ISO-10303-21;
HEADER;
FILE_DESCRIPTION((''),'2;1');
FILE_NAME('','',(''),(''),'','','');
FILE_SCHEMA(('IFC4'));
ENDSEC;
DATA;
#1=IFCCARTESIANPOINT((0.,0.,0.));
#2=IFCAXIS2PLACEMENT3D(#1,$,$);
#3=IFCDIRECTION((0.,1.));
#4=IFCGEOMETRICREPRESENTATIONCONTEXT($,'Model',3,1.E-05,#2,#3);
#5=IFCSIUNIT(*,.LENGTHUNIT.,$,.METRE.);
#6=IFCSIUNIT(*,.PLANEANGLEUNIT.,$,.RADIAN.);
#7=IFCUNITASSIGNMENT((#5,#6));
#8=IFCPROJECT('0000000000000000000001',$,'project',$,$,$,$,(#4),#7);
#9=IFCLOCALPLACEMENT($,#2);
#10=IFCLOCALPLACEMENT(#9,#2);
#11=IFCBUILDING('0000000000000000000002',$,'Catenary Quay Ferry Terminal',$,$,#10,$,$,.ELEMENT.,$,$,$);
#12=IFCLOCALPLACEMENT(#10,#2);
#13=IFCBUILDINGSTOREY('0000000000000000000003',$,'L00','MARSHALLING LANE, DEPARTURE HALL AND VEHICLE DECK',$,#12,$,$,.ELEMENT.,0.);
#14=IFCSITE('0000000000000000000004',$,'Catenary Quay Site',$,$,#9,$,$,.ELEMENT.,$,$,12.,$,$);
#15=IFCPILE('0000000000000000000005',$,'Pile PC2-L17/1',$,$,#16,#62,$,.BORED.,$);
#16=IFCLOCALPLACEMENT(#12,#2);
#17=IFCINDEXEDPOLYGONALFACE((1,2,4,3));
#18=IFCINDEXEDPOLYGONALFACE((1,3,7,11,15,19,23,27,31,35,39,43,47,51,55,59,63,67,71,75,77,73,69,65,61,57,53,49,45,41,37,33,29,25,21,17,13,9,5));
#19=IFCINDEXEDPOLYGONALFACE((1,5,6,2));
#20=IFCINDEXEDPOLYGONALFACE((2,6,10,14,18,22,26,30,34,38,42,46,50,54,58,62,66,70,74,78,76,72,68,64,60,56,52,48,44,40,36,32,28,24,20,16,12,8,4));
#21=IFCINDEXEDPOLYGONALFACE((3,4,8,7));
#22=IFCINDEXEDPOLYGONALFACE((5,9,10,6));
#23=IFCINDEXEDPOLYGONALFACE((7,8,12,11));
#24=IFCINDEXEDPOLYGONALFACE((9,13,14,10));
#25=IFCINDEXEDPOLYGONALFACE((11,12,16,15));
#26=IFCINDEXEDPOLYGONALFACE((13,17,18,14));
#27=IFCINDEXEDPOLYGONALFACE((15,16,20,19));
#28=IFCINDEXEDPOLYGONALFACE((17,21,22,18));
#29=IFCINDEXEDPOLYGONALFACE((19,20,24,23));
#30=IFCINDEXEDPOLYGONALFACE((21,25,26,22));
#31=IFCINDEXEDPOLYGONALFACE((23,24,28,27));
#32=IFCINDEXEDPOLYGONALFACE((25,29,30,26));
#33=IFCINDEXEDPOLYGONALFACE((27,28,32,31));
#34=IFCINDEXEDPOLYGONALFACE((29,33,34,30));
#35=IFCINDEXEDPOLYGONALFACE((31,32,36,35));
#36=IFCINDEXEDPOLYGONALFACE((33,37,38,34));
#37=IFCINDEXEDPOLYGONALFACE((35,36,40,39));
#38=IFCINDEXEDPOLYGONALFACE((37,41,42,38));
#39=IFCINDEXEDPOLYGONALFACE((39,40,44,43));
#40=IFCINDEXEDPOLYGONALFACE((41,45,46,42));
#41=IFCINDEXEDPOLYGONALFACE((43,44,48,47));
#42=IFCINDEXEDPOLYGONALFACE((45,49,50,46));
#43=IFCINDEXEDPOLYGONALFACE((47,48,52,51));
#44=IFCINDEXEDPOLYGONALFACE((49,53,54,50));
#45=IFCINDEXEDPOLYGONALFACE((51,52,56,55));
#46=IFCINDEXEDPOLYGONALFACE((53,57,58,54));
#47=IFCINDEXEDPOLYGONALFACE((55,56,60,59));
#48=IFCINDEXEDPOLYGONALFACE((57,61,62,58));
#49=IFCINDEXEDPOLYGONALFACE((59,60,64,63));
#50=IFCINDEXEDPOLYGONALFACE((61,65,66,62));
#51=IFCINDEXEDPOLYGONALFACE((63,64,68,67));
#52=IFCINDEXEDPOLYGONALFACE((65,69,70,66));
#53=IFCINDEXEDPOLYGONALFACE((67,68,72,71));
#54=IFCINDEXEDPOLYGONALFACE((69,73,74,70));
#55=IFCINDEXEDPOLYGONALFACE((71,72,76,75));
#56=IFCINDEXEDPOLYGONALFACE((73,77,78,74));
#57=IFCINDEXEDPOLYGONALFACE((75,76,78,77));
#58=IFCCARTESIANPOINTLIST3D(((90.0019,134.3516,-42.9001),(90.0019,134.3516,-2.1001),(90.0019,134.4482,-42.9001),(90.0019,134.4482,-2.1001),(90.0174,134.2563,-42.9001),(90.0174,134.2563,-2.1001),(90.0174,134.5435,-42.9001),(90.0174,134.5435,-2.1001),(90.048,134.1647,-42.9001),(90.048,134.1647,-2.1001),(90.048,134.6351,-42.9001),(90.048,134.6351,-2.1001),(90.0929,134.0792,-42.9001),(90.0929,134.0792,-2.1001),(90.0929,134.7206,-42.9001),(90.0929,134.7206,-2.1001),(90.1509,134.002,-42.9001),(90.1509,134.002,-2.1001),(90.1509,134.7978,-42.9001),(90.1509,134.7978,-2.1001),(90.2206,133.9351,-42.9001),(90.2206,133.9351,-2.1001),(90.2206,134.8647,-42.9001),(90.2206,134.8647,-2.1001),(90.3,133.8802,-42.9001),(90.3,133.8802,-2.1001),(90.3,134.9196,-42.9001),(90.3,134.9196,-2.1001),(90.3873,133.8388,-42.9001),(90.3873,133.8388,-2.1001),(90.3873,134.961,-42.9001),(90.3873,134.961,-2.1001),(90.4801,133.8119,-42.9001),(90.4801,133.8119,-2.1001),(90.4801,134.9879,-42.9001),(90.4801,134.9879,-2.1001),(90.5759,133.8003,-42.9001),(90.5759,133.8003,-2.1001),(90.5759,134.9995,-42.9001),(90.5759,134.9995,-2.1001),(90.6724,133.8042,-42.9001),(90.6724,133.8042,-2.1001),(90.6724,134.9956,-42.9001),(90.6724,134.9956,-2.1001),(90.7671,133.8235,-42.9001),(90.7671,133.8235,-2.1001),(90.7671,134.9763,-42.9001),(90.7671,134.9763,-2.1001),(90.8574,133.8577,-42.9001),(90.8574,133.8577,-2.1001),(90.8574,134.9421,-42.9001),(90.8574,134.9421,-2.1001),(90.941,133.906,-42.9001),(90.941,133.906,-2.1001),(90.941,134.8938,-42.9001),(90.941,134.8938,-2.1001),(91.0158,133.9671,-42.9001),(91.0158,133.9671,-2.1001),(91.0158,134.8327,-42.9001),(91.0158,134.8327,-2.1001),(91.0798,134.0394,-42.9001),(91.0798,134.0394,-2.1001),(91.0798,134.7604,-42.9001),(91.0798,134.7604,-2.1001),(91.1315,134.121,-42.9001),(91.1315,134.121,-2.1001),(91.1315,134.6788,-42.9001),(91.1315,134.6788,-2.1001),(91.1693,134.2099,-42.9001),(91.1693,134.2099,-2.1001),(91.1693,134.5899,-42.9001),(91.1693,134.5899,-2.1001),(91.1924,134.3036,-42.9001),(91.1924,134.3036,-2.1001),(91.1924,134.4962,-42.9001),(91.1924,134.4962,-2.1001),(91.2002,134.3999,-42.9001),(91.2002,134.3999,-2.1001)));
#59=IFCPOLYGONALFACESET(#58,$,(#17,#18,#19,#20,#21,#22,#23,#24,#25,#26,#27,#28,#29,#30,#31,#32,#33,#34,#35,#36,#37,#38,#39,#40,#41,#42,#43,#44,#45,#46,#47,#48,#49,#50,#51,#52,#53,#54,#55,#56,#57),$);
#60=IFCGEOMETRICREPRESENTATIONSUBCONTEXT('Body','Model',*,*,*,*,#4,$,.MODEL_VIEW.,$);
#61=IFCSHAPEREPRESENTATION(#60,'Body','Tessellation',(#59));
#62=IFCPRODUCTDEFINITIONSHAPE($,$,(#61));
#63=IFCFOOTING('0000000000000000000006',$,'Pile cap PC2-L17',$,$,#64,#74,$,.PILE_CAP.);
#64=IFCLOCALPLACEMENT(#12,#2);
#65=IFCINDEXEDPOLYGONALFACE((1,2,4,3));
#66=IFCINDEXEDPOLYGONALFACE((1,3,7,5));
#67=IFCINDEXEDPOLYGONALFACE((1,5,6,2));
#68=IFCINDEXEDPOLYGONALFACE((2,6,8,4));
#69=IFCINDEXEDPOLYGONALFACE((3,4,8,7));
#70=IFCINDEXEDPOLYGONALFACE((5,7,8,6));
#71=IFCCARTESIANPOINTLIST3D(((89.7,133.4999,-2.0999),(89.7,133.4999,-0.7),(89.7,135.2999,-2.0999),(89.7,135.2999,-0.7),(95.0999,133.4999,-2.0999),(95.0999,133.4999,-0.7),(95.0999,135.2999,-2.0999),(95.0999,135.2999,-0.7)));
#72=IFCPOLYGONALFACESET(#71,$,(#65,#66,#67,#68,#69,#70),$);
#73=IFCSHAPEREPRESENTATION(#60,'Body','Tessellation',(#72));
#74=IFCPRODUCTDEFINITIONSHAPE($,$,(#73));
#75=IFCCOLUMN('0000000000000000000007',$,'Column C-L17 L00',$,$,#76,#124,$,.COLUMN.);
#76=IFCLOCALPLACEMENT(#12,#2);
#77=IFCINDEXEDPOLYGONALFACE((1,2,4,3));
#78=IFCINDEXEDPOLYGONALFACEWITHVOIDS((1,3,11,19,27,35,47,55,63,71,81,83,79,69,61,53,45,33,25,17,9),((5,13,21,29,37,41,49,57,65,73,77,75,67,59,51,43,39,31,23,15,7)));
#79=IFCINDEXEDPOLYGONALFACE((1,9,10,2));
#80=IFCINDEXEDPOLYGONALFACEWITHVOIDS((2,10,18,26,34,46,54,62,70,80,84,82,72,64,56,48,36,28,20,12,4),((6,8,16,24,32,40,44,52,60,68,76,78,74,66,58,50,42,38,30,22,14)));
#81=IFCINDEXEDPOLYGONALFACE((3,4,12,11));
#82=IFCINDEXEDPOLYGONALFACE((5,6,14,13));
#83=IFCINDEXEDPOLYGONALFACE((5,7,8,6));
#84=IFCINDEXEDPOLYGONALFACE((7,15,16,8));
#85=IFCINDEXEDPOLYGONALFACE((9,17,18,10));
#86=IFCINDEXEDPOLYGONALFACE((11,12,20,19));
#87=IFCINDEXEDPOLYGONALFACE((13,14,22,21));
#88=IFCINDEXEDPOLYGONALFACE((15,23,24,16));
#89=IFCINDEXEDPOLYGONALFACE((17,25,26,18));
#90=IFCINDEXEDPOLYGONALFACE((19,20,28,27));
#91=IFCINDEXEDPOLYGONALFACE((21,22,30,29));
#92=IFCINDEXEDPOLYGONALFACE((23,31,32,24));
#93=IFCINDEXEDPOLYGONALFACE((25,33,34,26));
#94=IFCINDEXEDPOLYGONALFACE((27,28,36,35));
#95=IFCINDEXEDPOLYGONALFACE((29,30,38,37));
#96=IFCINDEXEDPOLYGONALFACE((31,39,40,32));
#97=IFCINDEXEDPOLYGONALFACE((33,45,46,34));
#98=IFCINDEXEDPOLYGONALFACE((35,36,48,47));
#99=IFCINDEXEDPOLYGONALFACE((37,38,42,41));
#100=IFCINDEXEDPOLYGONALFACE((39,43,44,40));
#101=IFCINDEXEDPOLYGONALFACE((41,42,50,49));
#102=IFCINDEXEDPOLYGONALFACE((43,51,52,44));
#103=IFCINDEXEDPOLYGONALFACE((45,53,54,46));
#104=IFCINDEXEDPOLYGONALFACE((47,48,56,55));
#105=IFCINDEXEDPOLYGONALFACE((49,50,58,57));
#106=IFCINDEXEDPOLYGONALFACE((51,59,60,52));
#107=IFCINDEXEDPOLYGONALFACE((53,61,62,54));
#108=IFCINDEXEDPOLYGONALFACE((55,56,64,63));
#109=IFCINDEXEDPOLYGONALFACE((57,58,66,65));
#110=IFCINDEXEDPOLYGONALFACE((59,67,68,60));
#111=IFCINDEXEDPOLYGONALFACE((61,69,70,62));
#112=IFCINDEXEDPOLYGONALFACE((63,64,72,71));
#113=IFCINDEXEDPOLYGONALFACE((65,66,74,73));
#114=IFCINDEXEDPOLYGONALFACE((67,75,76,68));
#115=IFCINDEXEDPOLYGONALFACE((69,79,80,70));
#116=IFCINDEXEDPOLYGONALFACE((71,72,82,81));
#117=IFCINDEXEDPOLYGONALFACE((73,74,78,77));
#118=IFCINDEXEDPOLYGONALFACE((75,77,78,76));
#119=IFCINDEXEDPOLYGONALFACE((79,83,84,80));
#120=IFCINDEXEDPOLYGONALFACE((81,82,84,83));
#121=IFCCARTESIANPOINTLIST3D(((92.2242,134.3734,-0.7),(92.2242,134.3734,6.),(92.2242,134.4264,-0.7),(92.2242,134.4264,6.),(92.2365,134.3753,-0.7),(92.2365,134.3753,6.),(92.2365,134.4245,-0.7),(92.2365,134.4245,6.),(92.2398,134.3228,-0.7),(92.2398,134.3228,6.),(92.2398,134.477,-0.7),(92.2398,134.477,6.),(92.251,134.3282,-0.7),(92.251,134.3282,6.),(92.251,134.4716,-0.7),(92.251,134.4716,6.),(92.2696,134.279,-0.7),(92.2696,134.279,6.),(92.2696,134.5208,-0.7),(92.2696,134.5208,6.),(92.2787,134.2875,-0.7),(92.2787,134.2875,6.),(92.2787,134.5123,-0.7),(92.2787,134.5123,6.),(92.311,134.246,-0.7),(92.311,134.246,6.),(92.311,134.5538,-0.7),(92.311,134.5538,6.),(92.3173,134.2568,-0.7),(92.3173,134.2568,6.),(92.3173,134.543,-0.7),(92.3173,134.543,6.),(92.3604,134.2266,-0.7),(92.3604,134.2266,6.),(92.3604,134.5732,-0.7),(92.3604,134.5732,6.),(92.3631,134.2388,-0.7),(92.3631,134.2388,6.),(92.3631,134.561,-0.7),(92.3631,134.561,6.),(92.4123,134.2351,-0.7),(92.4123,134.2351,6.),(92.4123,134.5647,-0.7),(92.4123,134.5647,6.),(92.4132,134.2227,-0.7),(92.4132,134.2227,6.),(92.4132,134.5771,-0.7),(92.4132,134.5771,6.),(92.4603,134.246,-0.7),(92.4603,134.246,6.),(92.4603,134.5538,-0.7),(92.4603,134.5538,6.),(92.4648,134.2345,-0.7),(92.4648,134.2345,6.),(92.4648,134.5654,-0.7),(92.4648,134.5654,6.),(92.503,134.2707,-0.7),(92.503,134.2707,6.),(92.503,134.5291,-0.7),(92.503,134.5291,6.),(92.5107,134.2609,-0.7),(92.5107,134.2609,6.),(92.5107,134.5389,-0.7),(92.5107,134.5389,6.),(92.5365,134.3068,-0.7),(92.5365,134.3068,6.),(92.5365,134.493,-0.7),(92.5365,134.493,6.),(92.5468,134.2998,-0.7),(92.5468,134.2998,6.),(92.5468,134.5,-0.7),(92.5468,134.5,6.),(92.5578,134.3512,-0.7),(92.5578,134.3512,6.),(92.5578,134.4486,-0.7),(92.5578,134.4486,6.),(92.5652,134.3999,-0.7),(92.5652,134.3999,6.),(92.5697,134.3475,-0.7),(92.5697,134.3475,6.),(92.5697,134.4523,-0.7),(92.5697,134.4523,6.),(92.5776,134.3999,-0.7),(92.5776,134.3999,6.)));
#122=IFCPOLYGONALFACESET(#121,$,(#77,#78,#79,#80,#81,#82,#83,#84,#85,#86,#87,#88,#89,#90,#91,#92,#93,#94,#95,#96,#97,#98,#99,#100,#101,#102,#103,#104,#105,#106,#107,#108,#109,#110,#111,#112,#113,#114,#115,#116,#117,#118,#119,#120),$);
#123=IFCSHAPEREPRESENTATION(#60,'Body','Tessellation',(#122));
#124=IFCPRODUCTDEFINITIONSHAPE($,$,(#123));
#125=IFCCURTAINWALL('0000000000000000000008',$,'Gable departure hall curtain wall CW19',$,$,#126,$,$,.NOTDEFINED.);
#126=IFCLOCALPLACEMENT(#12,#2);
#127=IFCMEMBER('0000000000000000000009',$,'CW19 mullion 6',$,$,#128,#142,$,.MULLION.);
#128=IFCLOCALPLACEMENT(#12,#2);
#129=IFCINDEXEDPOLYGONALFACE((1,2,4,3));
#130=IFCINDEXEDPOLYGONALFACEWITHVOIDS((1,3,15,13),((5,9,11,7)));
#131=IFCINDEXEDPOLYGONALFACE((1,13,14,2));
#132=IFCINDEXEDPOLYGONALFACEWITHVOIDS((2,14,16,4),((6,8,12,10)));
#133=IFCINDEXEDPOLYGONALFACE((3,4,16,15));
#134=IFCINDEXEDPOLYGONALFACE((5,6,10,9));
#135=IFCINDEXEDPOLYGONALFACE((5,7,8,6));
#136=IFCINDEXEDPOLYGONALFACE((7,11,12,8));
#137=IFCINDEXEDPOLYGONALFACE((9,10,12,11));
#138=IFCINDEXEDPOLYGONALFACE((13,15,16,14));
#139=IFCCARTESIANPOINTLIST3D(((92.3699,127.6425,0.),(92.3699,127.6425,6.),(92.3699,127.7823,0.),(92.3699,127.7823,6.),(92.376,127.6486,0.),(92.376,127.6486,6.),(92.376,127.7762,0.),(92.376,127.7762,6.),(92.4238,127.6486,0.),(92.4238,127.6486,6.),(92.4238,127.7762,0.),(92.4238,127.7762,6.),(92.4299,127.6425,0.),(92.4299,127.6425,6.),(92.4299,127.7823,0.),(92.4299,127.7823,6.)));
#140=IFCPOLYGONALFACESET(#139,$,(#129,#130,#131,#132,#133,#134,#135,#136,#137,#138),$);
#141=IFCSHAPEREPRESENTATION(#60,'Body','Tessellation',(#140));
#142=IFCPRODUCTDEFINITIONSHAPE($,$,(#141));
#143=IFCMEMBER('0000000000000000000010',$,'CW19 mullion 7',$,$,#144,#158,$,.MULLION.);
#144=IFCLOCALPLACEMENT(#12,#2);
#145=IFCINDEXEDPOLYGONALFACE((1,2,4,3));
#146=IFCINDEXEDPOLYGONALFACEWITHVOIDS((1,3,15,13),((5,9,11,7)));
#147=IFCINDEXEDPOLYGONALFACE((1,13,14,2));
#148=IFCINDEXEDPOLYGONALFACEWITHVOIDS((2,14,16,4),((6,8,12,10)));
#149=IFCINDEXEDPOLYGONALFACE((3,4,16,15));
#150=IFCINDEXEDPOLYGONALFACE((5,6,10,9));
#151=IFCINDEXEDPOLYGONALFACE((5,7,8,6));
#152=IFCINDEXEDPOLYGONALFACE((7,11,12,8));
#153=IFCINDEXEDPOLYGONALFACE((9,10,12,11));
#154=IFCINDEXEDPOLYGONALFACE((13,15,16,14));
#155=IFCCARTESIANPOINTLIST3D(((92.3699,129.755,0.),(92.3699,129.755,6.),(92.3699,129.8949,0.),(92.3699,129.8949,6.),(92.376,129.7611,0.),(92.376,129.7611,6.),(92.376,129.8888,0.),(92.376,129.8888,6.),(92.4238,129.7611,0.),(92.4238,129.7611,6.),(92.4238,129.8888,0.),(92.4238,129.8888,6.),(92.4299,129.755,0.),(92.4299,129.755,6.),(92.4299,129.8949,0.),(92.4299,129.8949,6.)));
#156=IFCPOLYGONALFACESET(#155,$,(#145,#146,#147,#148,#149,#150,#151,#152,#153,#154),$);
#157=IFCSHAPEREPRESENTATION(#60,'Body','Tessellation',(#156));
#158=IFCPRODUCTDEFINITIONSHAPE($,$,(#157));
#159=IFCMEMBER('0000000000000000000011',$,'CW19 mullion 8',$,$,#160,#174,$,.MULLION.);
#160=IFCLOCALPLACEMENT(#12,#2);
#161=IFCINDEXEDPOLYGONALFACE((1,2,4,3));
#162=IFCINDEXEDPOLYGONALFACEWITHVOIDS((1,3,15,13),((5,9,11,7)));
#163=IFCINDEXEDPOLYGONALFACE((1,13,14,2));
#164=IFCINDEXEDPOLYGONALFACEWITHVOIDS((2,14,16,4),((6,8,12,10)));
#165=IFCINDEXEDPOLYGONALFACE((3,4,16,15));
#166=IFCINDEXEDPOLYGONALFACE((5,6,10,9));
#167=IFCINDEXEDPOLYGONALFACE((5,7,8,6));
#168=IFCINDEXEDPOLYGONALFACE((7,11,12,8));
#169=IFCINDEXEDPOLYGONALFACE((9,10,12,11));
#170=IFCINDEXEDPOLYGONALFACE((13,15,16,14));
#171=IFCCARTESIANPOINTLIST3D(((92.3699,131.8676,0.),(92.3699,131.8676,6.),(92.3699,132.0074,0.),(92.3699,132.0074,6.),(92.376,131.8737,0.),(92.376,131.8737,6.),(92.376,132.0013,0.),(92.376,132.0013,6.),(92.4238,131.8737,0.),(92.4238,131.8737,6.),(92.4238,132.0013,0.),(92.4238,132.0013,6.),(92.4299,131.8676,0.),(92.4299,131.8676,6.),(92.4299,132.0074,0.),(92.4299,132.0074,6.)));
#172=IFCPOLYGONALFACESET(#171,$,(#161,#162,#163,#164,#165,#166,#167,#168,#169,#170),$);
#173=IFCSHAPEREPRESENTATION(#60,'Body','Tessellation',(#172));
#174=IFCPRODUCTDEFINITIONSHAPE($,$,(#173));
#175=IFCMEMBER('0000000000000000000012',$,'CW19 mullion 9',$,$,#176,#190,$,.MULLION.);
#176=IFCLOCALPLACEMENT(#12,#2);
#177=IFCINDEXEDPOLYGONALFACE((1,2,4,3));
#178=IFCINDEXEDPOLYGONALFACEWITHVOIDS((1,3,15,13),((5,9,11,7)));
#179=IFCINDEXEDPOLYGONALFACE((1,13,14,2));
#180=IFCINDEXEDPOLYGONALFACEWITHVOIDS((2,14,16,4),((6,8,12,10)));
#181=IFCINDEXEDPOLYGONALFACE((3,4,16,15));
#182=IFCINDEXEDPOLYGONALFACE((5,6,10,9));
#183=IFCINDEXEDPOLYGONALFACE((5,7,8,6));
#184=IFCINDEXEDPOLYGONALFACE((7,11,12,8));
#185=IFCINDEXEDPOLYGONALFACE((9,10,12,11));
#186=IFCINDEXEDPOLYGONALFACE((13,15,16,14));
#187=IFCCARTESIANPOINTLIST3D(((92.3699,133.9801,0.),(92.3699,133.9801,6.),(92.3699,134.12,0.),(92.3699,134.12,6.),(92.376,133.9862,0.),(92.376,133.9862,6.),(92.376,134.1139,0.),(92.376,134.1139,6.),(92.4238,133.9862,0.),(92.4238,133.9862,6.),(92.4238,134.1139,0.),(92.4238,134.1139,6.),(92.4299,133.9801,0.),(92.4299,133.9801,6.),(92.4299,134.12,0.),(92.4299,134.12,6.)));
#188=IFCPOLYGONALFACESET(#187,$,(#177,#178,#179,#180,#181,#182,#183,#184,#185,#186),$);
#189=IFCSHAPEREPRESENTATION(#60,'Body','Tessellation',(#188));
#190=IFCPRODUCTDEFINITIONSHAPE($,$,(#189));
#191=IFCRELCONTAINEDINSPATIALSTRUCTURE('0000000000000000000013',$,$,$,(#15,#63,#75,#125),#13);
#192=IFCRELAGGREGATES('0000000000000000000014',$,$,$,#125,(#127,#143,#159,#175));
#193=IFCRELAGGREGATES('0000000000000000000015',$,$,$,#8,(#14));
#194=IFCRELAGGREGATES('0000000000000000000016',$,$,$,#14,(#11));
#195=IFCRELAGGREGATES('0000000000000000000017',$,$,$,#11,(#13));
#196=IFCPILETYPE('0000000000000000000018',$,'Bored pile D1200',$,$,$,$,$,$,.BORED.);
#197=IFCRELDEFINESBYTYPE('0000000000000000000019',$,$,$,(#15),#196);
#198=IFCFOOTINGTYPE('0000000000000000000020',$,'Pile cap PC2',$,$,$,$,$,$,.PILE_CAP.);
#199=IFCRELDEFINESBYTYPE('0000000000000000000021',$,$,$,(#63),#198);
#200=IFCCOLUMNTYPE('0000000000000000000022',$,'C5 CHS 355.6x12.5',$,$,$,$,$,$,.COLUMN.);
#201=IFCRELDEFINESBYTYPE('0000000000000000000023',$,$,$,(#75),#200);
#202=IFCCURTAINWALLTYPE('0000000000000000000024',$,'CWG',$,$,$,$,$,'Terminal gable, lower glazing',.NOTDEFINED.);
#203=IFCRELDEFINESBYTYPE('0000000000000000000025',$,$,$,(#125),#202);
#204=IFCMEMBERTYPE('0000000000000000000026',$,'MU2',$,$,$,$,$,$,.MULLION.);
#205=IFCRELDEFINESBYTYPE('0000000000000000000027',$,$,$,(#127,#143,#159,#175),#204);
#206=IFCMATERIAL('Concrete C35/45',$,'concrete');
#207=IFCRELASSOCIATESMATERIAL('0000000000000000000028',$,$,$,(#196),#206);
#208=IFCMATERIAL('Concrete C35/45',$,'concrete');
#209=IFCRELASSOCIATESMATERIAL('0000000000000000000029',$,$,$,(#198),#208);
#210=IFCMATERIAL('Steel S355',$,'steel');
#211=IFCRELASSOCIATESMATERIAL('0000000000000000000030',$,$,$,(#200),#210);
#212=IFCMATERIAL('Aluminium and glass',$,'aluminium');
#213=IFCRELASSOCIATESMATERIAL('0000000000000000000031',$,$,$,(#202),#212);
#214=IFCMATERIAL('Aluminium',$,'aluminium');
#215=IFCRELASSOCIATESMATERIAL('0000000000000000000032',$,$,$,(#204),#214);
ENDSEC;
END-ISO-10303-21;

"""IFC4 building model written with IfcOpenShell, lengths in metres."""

from ifc_helpers import new_model, si_unit, direction, frame, origin, origin_2d, place, context, subcontext, project, spatial, rectangle, hollow_rectangle, circle, hollow_circle, extrude, material, material_profile, profile_set, type_object, element, aggregate, save


model = new_model("IFC4")

# Units and contexts
model_context = context("Model", 3, precision=1e-05, world=origin(), true_north=direction((0.0, 1.0)))
body_context = subcontext(model_context, "Body", "Model", "MODEL_VIEW")
ifc_project = project(units=[si_unit("LENGTHUNIT", "METRE"), si_unit("PLANEANGLEUNIT", "RADIAN")], contexts=[model_context])

# Site, building, storey
site_placement = place(None, origin())
site = spatial("IfcSite", under=ifc_project, at=site_placement, Name="Catenary Quay Site", CompositionType="ELEMENT", RefElevation=12.0)
building_placement = place(site_placement, origin())
building = spatial("IfcBuilding", under=site, at=building_placement, Name="Catenary Quay Ferry Terminal", CompositionType="ELEMENT")
storey_placement = place(building_placement, origin())
storey = spatial("IfcBuildingStorey", under=building, at=storey_placement, Name="L00", Description="MARSHALLING LANE, DEPARTURE HALL AND VEHICLE DECK", CompositionType="ELEMENT", Elevation=0.0)

# Pile
ifc_material_1 = material(Name="Concrete C35/45", Category="concrete")
ifc_material_profile_1 = material_profile(ifc_material_1, circle(Radius=0.6001, at=origin_2d()), Name="D1200")
ifc_profile_set_1 = profile_set([ifc_material_profile_1], Name="Concrete C35/45")
pile_type = type_object("IfcPileType", Name="Bored pile D1200", PredefinedType="BORED", material=ifc_profile_set_1)
pile_placement = place(storey_placement, frame((90.6001, 134.3999, -2.1001), z_axis=(0.0, 0.0, -1.0), x_axis=(1.0, 0.0, 0.0)))
element("IfcPile", 1, at=pile_placement, inside=storey, type_object=pile_type, Name="Pile PC2-L17/1", PredefinedType="BORED", context=body_context, shape_type="SweptSolid", body=[
    extrude(circle(Radius=0.6001, at=origin_2d()), origin(), (0.0, 0.0, 1.0), 40.8),
])

# Footing
ifc_material_2 = material(Name="Concrete C35/45", Category="concrete")
footing_type = type_object("IfcFootingType", Name="Pile cap PC2", PredefinedType="PILE_CAP", material=ifc_material_2)
footing_placement = place(storey_placement, frame((92.3999, 134.3999, -2.0999), z_axis=(0.0, 0.0, 1.0), x_axis=(1.0, 0.0, 0.0)))
element("IfcFooting", 2, at=footing_placement, inside=storey, type_object=footing_type, Name="Pile cap PC2-L17", PredefinedType="PILE_CAP", context=body_context, shape_type="SweptSolid", body=[
    extrude(rectangle(XDim=5.3999, YDim=1.8, at=origin_2d()), origin(), (0.0, 0.0, 1.0), 1.3999),
])

# Column
ifc_material_3 = material(Name="Steel S355", Category="steel")
ifc_material_profile_2 = material_profile(ifc_material_3, hollow_circle(Radius=0.1777, WallThickness=0.0125, at=origin_2d()), Name="CHS 355.6x12.5")
ifc_profile_set_2 = profile_set([ifc_material_profile_2], Name="Steel S355")
column_type = type_object("IfcColumnType", Name="C5 CHS 355.6x12.5", PredefinedType="COLUMN", material=ifc_profile_set_2)
column_placement = place(storey_placement, frame((92.3999, 134.3999, -0.7), z_axis=(0.0, 0.0, 1.0), x_axis=(1.0, 0.0, 0.0)))
element("IfcColumn", 3, at=column_placement, inside=storey, type_object=column_type, Name="Column C-L17 L00", PredefinedType="COLUMN", context=body_context, shape_type="SweptSolid", body=[
    extrude(hollow_circle(Radius=0.1777, WallThickness=0.0125, at=origin_2d()), origin(), (0.0, 0.0, 1.0), 6.7),
])

# Curtain wall, members
ifc_material_4 = material(Name="Aluminium and glass", Category="aluminium")
curtain_wall_type = type_object("IfcCurtainWallType", Name="CWG", ElementType="Terminal gable, lower glazing", PredefinedType="NOTDEFINED", material=ifc_material_4)
curtain_wall_placement = place(storey_placement, origin())
curtain_wall = element("IfcCurtainWall", 4, at=curtain_wall_placement, inside=storey, type_object=curtain_wall_type, Name="Gable departure hall curtain wall CW19", PredefinedType="NOTDEFINED")
ifc_material_5 = material(Name="Aluminium", Category="aluminium")
ifc_material_profile_3 = material_profile(ifc_material_5, hollow_rectangle(XDim=0.0601, YDim=0.1399, WallThickness=0.0061, at=origin_2d()), Name="MU2")
ifc_profile_set_3 = profile_set([ifc_material_profile_3], Name="Aluminium")
member_type_1 = type_object("IfcMemberType", Name="MU2", PredefinedType="MULLION", material=ifc_profile_set_3)
member_1_placement = place(storey_placement, frame((92.3999, 127.7124, 0.0), z_axis=(0.0, 0.0, 1.0), x_axis=(-1.0, 0.0, 0.0)))
member_1 = element("IfcMember", 5, at=member_1_placement, type_object=member_type_1, Name="CW19 mullion 6", PredefinedType="MULLION", context=body_context, shape_type="SweptSolid", body=[
    extrude(hollow_rectangle(XDim=0.0601, YDim=0.1399, WallThickness=0.0061, at=origin_2d()), origin(), (0.0, 0.0, 1.0), 6.0),
])
member_2_placement = place(storey_placement, frame((92.3999, 129.825, 0.0), z_axis=(0.0, 0.0, 1.0), x_axis=(-1.0, 0.0, 0.0)))
member_2 = element("IfcMember", 6, at=member_2_placement, type_object=member_type_1, Name="CW19 mullion 7", PredefinedType="MULLION", context=body_context, shape_type="SweptSolid", body=[
    extrude(hollow_rectangle(XDim=0.0601, YDim=0.1399, WallThickness=0.0061, at=origin_2d()), origin(), (0.0, 0.0, 1.0), 6.0),
])
member_3_placement = place(storey_placement, frame((92.3999, 131.9375, 0.0), z_axis=(0.0, 0.0, 1.0), x_axis=(-1.0, 0.0, 0.0)))
member_3 = element("IfcMember", 7, at=member_3_placement, type_object=member_type_1, Name="CW19 mullion 8", PredefinedType="MULLION", context=body_context, shape_type="SweptSolid", body=[
    extrude(hollow_rectangle(XDim=0.0601, YDim=0.1399, WallThickness=0.0061, at=origin_2d()), origin(), (0.0, 0.0, 1.0), 6.0),
])
member_4_placement = place(storey_placement, frame((92.3999, 134.05, 0.0), z_axis=(0.0, 0.0, 1.0), x_axis=(-1.0, 0.0, 0.0)))
member_4 = element("IfcMember", 8, at=member_4_placement, type_object=member_type_1, Name="CW19 mullion 9", PredefinedType="MULLION", context=body_context, shape_type="SweptSolid", body=[
    extrude(hollow_rectangle(XDim=0.0601, YDim=0.1399, WallThickness=0.0061, at=origin_2d()), origin(), (0.0, 0.0, 1.0), 6.0),
])
aggregate(curtain_wall, [member_1, member_2, member_3, member_4])

save(model, "model.ifc")
